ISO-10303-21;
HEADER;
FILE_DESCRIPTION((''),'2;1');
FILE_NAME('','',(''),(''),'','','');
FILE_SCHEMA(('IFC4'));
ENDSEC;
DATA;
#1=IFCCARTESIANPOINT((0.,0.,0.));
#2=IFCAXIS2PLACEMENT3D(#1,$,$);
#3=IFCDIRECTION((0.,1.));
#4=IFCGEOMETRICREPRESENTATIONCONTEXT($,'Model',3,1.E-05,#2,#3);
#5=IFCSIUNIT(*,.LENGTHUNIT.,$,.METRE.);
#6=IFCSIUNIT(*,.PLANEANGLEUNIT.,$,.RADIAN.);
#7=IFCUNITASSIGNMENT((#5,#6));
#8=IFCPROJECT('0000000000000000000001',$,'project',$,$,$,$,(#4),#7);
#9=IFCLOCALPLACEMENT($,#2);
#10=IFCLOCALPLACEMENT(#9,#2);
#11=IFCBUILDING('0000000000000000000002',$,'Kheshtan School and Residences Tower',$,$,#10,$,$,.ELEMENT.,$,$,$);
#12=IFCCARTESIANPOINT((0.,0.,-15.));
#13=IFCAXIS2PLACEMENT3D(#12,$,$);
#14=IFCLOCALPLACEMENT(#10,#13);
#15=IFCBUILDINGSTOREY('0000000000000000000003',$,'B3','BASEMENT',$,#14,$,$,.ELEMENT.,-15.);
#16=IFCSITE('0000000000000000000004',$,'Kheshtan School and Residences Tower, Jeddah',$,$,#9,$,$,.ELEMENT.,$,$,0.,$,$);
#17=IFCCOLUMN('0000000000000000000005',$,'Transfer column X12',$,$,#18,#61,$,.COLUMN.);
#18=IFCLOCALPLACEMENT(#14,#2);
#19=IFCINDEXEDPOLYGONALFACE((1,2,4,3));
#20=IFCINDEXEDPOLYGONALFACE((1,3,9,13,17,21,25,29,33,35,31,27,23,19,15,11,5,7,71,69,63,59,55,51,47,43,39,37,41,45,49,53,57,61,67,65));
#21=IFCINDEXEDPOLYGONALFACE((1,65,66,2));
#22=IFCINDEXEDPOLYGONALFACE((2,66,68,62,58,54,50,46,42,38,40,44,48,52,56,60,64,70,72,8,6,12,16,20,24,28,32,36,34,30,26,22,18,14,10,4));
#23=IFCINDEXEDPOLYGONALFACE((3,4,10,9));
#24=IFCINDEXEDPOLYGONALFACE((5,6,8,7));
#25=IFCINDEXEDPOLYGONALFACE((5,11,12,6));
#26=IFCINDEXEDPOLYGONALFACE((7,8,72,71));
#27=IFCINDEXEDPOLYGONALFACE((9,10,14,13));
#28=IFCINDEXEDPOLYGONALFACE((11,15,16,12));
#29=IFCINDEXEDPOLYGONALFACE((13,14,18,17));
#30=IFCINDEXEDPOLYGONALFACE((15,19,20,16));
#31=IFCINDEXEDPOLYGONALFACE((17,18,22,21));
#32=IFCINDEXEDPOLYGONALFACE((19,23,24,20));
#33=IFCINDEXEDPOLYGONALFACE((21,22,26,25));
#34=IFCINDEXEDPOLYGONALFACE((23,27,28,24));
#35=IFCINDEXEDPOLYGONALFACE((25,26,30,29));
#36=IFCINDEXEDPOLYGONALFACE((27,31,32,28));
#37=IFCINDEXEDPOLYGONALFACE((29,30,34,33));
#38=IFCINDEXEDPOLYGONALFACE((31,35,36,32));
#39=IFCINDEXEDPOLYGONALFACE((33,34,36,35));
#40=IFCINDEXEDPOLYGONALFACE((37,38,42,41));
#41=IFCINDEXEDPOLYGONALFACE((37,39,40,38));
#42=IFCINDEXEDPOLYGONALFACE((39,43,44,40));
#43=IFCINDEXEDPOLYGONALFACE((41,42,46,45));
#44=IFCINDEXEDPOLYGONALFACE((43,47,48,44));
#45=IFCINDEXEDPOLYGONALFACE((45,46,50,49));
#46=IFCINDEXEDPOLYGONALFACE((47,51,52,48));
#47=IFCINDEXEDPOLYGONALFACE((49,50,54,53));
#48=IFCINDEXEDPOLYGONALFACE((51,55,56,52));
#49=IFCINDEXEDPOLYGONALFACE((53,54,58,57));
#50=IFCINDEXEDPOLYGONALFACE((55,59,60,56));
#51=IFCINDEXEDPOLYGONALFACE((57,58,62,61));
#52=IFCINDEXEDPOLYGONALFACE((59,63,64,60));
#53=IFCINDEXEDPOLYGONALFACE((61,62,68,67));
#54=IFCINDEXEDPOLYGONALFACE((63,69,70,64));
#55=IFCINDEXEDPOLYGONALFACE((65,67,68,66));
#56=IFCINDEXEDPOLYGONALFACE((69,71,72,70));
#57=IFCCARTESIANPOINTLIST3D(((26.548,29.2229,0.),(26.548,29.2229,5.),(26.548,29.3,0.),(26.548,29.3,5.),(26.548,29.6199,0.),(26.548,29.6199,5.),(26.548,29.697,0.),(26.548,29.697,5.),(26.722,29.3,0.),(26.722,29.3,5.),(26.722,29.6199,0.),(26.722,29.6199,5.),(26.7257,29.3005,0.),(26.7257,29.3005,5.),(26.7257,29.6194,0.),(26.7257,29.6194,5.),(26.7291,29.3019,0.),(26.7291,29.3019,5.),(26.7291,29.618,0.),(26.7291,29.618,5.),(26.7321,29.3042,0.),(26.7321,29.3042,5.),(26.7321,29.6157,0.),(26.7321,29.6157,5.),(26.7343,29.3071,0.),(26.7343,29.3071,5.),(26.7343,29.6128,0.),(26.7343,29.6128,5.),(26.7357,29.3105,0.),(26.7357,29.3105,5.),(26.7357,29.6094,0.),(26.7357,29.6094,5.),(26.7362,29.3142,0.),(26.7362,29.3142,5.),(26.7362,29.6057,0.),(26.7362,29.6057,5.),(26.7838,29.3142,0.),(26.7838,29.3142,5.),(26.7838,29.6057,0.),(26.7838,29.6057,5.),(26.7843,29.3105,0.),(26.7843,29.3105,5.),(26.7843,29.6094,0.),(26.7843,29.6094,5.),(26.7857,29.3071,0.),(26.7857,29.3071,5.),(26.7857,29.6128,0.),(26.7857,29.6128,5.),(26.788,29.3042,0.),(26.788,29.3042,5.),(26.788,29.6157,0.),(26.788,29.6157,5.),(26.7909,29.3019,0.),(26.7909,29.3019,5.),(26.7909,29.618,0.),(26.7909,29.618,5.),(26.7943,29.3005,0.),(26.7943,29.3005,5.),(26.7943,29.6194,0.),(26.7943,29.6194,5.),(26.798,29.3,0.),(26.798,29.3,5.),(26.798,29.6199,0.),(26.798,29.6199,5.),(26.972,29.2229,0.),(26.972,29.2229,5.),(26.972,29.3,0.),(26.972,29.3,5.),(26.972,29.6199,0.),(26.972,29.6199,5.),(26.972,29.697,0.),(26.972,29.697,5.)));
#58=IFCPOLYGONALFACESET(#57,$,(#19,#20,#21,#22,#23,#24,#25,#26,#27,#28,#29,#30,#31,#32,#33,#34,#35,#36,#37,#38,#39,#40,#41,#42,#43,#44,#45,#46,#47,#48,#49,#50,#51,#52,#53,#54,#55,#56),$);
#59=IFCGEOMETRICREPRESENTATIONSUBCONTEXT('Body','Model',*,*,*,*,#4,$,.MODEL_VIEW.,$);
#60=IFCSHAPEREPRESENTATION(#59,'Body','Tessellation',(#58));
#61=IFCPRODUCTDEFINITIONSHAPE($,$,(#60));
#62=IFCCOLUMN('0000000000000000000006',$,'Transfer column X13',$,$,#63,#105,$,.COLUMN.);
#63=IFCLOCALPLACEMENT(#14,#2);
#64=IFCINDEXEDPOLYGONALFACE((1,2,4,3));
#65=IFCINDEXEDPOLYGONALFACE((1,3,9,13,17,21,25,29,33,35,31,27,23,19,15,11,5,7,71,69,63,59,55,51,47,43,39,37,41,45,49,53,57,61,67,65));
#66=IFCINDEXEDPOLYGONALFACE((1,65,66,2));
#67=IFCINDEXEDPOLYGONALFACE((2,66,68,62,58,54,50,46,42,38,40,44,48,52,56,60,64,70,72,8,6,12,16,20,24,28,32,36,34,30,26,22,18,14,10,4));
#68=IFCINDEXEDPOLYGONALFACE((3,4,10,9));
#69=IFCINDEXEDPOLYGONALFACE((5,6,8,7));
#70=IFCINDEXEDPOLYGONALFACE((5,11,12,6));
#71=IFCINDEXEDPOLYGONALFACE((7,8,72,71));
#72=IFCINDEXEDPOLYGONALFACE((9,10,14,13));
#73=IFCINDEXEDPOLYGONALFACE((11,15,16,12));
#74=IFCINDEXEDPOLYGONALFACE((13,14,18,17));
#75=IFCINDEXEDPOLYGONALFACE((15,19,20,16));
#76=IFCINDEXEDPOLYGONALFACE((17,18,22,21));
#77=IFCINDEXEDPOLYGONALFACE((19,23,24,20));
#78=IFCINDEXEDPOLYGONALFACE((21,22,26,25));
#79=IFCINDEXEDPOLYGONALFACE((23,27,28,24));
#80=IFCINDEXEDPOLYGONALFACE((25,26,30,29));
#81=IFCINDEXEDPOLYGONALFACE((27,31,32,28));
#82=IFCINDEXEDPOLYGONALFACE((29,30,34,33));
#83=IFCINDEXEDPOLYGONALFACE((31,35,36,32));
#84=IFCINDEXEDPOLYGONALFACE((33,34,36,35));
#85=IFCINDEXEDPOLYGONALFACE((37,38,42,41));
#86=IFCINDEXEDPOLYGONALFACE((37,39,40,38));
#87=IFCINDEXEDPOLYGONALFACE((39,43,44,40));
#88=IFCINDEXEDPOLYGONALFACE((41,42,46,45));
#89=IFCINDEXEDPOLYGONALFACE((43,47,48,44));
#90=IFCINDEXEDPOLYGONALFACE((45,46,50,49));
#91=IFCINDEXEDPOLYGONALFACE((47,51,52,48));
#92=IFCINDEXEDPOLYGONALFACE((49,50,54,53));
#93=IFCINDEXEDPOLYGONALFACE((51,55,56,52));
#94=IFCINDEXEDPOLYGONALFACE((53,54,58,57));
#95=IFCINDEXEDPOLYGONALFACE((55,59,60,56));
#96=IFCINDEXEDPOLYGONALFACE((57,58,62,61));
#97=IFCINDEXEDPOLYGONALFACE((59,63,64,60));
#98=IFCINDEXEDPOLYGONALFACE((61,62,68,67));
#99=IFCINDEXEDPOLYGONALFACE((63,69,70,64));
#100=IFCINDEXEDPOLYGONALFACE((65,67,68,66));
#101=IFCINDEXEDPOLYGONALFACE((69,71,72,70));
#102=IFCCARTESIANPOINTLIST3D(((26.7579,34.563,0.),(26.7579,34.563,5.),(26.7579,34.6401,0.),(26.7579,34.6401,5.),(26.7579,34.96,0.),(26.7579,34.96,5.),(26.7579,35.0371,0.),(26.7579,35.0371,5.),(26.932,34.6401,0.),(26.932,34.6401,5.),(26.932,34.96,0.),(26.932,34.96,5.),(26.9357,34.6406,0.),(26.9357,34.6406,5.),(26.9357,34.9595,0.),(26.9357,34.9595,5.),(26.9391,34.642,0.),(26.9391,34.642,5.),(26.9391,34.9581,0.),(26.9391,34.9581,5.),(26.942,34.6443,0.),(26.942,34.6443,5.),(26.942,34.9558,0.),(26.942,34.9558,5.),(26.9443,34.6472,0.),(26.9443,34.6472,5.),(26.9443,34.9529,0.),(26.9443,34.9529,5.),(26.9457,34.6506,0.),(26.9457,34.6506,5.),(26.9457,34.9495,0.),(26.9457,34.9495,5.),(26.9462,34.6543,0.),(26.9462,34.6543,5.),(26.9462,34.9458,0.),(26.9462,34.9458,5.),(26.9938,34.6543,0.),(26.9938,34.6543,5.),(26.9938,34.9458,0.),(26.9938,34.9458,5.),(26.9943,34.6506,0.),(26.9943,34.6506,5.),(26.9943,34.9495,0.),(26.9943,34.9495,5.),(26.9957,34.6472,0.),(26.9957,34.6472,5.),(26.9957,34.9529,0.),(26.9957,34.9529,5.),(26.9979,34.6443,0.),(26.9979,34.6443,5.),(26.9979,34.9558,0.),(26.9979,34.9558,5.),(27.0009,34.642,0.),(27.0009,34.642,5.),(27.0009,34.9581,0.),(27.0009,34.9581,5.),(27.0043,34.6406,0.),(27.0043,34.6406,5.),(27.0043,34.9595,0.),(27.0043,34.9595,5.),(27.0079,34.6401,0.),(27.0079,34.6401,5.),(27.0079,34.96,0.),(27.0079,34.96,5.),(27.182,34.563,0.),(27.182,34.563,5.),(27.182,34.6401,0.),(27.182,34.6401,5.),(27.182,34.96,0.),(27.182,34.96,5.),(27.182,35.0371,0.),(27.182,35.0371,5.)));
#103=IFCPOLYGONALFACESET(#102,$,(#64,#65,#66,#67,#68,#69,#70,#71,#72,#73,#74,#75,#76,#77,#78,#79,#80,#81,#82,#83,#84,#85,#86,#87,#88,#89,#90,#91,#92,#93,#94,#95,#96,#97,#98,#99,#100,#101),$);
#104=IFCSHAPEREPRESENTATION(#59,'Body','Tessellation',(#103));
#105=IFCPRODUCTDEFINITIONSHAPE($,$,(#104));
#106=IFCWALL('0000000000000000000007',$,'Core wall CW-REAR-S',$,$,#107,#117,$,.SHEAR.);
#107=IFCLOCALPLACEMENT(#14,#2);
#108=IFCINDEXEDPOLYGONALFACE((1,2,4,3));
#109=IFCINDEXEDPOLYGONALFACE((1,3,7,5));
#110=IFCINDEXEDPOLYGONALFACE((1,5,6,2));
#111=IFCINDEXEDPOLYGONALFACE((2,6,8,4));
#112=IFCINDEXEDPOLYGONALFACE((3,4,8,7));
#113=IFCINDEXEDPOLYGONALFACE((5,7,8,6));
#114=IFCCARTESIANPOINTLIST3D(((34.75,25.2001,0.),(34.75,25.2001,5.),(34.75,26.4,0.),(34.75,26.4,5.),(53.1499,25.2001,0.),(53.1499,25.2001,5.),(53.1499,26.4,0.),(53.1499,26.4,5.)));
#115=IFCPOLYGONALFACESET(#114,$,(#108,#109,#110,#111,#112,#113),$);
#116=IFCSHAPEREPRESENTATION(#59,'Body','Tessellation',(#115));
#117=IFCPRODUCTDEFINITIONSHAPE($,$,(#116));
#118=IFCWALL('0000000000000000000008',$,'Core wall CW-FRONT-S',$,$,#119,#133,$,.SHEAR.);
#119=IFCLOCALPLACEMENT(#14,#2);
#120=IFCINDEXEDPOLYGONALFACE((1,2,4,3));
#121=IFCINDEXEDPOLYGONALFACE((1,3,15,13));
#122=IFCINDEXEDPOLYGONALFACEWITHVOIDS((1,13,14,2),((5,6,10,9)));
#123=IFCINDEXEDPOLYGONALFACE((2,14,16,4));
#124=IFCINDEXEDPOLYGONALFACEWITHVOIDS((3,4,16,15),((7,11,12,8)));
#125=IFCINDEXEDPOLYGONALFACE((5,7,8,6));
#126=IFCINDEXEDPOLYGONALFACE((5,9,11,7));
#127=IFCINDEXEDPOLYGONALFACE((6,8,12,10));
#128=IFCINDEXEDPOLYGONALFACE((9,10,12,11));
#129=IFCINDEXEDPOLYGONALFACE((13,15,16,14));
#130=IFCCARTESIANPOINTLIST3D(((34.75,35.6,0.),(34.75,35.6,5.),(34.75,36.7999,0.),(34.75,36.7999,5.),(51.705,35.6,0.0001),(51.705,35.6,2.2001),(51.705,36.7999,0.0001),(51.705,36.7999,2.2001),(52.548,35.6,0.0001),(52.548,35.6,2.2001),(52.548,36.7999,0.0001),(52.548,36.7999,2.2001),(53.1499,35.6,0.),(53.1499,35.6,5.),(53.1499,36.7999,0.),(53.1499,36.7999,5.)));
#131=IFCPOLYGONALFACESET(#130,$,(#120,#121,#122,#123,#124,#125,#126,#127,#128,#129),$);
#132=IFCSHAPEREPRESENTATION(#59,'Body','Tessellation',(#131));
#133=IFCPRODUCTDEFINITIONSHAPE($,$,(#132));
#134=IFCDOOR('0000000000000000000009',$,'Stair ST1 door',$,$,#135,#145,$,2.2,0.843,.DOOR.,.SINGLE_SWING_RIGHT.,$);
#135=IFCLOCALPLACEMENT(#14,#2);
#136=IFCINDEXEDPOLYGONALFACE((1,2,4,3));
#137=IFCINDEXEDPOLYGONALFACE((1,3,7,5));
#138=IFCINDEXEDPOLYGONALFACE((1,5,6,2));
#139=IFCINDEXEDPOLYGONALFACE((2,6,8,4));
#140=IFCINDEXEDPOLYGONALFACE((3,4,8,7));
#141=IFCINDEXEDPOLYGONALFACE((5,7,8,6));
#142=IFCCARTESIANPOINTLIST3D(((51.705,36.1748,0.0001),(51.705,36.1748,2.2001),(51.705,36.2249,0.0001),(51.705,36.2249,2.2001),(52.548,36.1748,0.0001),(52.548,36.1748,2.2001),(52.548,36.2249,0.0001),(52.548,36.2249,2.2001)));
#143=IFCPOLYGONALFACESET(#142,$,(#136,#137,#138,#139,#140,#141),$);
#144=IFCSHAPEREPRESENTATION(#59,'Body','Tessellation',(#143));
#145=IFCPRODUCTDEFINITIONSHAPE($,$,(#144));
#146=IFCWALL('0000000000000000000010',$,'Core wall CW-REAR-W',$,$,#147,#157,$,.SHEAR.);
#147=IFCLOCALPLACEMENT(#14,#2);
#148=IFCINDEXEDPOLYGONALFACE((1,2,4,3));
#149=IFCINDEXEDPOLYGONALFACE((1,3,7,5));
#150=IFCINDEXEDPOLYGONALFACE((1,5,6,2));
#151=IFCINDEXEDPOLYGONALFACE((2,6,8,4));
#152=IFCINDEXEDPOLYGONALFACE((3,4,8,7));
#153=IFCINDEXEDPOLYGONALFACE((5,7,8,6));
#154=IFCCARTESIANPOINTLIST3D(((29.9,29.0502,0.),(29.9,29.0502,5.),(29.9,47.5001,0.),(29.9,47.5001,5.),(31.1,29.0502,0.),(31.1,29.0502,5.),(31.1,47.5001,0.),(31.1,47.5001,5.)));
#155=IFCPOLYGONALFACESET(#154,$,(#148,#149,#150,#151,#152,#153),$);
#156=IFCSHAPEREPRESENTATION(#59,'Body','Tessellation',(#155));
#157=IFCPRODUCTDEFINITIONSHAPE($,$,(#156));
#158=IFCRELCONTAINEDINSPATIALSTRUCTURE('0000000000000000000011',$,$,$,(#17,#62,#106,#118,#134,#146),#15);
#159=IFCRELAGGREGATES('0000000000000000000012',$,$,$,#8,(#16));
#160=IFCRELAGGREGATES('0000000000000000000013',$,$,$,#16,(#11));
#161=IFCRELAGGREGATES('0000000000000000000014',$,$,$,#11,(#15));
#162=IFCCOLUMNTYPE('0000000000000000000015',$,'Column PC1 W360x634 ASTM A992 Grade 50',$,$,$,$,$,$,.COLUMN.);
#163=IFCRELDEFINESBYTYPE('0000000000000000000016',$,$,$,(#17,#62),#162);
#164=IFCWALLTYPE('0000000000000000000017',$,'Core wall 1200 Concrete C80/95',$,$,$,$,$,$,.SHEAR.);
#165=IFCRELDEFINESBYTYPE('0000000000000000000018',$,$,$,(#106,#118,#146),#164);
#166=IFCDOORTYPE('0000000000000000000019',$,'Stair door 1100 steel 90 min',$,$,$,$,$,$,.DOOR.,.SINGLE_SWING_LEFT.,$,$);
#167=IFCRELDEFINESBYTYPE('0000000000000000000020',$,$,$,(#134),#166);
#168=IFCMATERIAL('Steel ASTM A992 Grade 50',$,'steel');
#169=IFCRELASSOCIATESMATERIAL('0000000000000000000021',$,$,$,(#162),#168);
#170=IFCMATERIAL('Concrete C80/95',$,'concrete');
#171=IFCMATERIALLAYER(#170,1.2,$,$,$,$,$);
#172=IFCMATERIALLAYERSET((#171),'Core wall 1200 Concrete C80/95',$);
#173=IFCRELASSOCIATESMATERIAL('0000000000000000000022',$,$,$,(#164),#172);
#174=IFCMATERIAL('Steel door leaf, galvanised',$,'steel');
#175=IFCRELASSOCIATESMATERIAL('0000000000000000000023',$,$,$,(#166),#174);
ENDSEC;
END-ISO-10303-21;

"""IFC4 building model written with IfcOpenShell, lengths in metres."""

from ifc_helpers import new_model, si_unit, direction, frame, frame_2d, origin, origin_2d, place, context, subcontext, project, spatial, rectangle, i_section, extrude, source, transform, mapped, material, layer, layer_set, material_profile, profile_set, type_object, element, fill, save


model = new_model("IFC4")

# Units and contexts
model_context = context("Model", 3, precision=1e-05, world=origin(), true_north=direction((0.0, 1.0)))
body_context = subcontext(model_context, "Body", "Model", "MODEL_VIEW")
ifc_project = project(units=[si_unit("LENGTHUNIT", "METRE"), si_unit("PLANEANGLEUNIT", "RADIAN")], contexts=[model_context])

# Site, building, storey
site_placement = place(None, origin())
site = spatial("IfcSite", under=ifc_project, at=site_placement, Name="Kheshtan School and Residences Tower, Jeddah", CompositionType="ELEMENT", RefElevation=0.0)
building_placement = place(site_placement, origin())
building = spatial("IfcBuilding", under=site, at=building_placement, Name="Kheshtan School and Residences Tower", CompositionType="ELEMENT")
storey_placement = place(building_placement, frame((0.0, 0.0, -15.0)))
storey = spatial("IfcBuildingStorey", under=building, at=storey_placement, Name="B3", Description="BASEMENT", CompositionType="ELEMENT", Elevation=-15.0)

# Columns
ifc_material_1 = material(Name="Steel ASTM A992 Grade 50", Category="steel")
ifc_material_profile_1 = material_profile(ifc_material_1, i_section(OverallWidth=0.4241, OverallDepth=0.4741, WebThickness=0.0476, FlangeThickness=0.0771, FilletRadius=0.0142, at=origin_2d()), Name="W360x634")
ifc_profile_set_1 = profile_set([ifc_material_profile_1], Name="Steel ASTM A992 Grade 50")
column_type = type_object("IfcColumnType", Name="Column PC1 W360x634 ASTM A992 Grade 50", PredefinedType="COLUMN", material=ifc_profile_set_1)
for number, where, z_axis, x_axis, name in (
    (1, (26.76, 29.46, 0.0), (0.0, 0.0, 1.0), (1.0, 0.0, 0.0), "Transfer column X12"),
    (2, (26.97, 34.8, 0.0), (0.0, 0.0, 1.0), (1.0, 0.0, 0.0), "Transfer column X13"),
):
    element("IfcColumn", number, at=place(storey_placement, frame(where, z_axis=z_axis, x_axis=x_axis)), inside=storey, type_object=column_type, Name=name, PredefinedType="COLUMN", context=body_context, shape_type="SweptSolid", body=[
        extrude(i_section(OverallWidth=0.4241, OverallDepth=0.4741, WebThickness=0.0476, FlangeThickness=0.0771, FilletRadius=0.0142, at=origin_2d()), origin(), (0.0, 0.0, 1.0), 5.0),
    ])

# Wall
ifc_material_2 = material(Name="Concrete C80/95", Category="concrete")
ifc_layer_1 = layer(ifc_material_2, 1.2)
ifc_layer_set_1 = layer_set([ifc_layer_1], Name="Core wall 1200 Concrete C80/95")
wall_type_1 = type_object("IfcWallType", Name="Core wall 1200 Concrete C80/95", PredefinedType="SHEAR", material=ifc_layer_set_1)
wall_1_placement = place(storey_placement, frame((34.75, 25.8, 0.0), z_axis=(0.0, 0.0, 1.0), x_axis=(1.0, 0.0, 0.0)))
element("IfcWall", 3, at=wall_1_placement, inside=storey, type_object=wall_type_1, Name="Core wall CW-REAR-S", PredefinedType="SHEAR", context=body_context, shape_type="SweptSolid", body=[
    extrude(rectangle(XDim=18.3999, YDim=1.2, at=frame_2d((9.2, 0.0))), origin(), (0.0, 0.0, 1.0), 5.0),
])

# Wall, opening, door
wall_2_placement = place(storey_placement, frame((34.75, 36.2, 0.0), z_axis=(0.0, 0.0, 1.0), x_axis=(1.0, 0.0, 0.0)))
wall_2 = element("IfcWall", 4, at=wall_2_placement, inside=storey, type_object=wall_type_1, Name="Core wall CW-FRONT-S", PredefinedType="SHEAR", context=body_context, shape_type="SweptSolid", body=[
    extrude(rectangle(XDim=18.3999, YDim=1.2, at=frame_2d((9.2, 0.0))), origin(), (0.0, 0.0, 1.0), 5.0),
])
opening_1_placement = place(wall_2_placement, frame((16.9551, 0.0, 0.0)))
opening_1 = element("IfcOpeningElement", 5, at=opening_1_placement, cuts=wall_2, PredefinedType="OPENING", context=body_context, shape_type="SweptSolid", body=[
    extrude(rectangle(XDim=0.843, YDim=2.2, at=frame_2d((0.4214, 1.1001))), frame((0.0, 0.6099, 0.0), z_axis=(0.0, -1.0, 0.0), x_axis=(1.0, 0.0, 0.0)), (0.0, 0.0, 1.0), 1.22),
])
ifc_material_3 = material(Name="Steel door leaf, galvanised", Category="steel")
door_type_1 = type_object("IfcDoorType", Name="Stair door 1100 steel 90 min", OperationType="SINGLE_SWING_LEFT", PredefinedType="DOOR", material=ifc_material_3)
shared_shape_1 = source(origin(), body_context, "Body", "SweptSolid", [
    extrude(rectangle(XDim=0.843, YDim=2.2, at=frame_2d((0.4214, 1.1001))), frame((0.0, 0.0249, 0.0), z_axis=(0.0, -1.0, 0.0), x_axis=(1.0, 0.0, 0.0)), (0.0, 0.0, 1.0), 0.05),
])
door_1_placement = place(opening_1_placement, origin())
door_1 = element("IfcDoor", 6, at=door_1_placement, inside=storey, type_object=door_type_1, Name="Stair ST1 door", OperationType="SINGLE_SWING_RIGHT", OverallHeight=2.2, OverallWidth=0.843, PredefinedType="DOOR", context=body_context, shape_type="MappedRepresentation", body=[
    mapped(shared_shape_1, transform((0.0, 0.0, 0.0), x_axis=(1.0, 0.0, 0.0), y_axis=(0.0, 1.0, 0.0), z_axis=(0.0, 0.0, 1.0), scale=1.0)),
])
fill(opening_1, door_1)

# Wall
wall_3_placement = place(storey_placement, frame((30.5, 29.05, 0.0), z_axis=(0.0, 0.0, 1.0), x_axis=(0.0, 1.0, 0.0)))
element("IfcWall", 7, at=wall_3_placement, inside=storey, type_object=wall_type_1, Name="Core wall CW-REAR-W", PredefinedType="SHEAR", context=body_context, shape_type="SweptSolid", body=[
    extrude(rectangle(XDim=18.45, YDim=1.2, at=frame_2d((9.2251, 0.0))), origin(), (0.0, 0.0, 1.0), 5.0),
])

save(model, "model.ifc")
